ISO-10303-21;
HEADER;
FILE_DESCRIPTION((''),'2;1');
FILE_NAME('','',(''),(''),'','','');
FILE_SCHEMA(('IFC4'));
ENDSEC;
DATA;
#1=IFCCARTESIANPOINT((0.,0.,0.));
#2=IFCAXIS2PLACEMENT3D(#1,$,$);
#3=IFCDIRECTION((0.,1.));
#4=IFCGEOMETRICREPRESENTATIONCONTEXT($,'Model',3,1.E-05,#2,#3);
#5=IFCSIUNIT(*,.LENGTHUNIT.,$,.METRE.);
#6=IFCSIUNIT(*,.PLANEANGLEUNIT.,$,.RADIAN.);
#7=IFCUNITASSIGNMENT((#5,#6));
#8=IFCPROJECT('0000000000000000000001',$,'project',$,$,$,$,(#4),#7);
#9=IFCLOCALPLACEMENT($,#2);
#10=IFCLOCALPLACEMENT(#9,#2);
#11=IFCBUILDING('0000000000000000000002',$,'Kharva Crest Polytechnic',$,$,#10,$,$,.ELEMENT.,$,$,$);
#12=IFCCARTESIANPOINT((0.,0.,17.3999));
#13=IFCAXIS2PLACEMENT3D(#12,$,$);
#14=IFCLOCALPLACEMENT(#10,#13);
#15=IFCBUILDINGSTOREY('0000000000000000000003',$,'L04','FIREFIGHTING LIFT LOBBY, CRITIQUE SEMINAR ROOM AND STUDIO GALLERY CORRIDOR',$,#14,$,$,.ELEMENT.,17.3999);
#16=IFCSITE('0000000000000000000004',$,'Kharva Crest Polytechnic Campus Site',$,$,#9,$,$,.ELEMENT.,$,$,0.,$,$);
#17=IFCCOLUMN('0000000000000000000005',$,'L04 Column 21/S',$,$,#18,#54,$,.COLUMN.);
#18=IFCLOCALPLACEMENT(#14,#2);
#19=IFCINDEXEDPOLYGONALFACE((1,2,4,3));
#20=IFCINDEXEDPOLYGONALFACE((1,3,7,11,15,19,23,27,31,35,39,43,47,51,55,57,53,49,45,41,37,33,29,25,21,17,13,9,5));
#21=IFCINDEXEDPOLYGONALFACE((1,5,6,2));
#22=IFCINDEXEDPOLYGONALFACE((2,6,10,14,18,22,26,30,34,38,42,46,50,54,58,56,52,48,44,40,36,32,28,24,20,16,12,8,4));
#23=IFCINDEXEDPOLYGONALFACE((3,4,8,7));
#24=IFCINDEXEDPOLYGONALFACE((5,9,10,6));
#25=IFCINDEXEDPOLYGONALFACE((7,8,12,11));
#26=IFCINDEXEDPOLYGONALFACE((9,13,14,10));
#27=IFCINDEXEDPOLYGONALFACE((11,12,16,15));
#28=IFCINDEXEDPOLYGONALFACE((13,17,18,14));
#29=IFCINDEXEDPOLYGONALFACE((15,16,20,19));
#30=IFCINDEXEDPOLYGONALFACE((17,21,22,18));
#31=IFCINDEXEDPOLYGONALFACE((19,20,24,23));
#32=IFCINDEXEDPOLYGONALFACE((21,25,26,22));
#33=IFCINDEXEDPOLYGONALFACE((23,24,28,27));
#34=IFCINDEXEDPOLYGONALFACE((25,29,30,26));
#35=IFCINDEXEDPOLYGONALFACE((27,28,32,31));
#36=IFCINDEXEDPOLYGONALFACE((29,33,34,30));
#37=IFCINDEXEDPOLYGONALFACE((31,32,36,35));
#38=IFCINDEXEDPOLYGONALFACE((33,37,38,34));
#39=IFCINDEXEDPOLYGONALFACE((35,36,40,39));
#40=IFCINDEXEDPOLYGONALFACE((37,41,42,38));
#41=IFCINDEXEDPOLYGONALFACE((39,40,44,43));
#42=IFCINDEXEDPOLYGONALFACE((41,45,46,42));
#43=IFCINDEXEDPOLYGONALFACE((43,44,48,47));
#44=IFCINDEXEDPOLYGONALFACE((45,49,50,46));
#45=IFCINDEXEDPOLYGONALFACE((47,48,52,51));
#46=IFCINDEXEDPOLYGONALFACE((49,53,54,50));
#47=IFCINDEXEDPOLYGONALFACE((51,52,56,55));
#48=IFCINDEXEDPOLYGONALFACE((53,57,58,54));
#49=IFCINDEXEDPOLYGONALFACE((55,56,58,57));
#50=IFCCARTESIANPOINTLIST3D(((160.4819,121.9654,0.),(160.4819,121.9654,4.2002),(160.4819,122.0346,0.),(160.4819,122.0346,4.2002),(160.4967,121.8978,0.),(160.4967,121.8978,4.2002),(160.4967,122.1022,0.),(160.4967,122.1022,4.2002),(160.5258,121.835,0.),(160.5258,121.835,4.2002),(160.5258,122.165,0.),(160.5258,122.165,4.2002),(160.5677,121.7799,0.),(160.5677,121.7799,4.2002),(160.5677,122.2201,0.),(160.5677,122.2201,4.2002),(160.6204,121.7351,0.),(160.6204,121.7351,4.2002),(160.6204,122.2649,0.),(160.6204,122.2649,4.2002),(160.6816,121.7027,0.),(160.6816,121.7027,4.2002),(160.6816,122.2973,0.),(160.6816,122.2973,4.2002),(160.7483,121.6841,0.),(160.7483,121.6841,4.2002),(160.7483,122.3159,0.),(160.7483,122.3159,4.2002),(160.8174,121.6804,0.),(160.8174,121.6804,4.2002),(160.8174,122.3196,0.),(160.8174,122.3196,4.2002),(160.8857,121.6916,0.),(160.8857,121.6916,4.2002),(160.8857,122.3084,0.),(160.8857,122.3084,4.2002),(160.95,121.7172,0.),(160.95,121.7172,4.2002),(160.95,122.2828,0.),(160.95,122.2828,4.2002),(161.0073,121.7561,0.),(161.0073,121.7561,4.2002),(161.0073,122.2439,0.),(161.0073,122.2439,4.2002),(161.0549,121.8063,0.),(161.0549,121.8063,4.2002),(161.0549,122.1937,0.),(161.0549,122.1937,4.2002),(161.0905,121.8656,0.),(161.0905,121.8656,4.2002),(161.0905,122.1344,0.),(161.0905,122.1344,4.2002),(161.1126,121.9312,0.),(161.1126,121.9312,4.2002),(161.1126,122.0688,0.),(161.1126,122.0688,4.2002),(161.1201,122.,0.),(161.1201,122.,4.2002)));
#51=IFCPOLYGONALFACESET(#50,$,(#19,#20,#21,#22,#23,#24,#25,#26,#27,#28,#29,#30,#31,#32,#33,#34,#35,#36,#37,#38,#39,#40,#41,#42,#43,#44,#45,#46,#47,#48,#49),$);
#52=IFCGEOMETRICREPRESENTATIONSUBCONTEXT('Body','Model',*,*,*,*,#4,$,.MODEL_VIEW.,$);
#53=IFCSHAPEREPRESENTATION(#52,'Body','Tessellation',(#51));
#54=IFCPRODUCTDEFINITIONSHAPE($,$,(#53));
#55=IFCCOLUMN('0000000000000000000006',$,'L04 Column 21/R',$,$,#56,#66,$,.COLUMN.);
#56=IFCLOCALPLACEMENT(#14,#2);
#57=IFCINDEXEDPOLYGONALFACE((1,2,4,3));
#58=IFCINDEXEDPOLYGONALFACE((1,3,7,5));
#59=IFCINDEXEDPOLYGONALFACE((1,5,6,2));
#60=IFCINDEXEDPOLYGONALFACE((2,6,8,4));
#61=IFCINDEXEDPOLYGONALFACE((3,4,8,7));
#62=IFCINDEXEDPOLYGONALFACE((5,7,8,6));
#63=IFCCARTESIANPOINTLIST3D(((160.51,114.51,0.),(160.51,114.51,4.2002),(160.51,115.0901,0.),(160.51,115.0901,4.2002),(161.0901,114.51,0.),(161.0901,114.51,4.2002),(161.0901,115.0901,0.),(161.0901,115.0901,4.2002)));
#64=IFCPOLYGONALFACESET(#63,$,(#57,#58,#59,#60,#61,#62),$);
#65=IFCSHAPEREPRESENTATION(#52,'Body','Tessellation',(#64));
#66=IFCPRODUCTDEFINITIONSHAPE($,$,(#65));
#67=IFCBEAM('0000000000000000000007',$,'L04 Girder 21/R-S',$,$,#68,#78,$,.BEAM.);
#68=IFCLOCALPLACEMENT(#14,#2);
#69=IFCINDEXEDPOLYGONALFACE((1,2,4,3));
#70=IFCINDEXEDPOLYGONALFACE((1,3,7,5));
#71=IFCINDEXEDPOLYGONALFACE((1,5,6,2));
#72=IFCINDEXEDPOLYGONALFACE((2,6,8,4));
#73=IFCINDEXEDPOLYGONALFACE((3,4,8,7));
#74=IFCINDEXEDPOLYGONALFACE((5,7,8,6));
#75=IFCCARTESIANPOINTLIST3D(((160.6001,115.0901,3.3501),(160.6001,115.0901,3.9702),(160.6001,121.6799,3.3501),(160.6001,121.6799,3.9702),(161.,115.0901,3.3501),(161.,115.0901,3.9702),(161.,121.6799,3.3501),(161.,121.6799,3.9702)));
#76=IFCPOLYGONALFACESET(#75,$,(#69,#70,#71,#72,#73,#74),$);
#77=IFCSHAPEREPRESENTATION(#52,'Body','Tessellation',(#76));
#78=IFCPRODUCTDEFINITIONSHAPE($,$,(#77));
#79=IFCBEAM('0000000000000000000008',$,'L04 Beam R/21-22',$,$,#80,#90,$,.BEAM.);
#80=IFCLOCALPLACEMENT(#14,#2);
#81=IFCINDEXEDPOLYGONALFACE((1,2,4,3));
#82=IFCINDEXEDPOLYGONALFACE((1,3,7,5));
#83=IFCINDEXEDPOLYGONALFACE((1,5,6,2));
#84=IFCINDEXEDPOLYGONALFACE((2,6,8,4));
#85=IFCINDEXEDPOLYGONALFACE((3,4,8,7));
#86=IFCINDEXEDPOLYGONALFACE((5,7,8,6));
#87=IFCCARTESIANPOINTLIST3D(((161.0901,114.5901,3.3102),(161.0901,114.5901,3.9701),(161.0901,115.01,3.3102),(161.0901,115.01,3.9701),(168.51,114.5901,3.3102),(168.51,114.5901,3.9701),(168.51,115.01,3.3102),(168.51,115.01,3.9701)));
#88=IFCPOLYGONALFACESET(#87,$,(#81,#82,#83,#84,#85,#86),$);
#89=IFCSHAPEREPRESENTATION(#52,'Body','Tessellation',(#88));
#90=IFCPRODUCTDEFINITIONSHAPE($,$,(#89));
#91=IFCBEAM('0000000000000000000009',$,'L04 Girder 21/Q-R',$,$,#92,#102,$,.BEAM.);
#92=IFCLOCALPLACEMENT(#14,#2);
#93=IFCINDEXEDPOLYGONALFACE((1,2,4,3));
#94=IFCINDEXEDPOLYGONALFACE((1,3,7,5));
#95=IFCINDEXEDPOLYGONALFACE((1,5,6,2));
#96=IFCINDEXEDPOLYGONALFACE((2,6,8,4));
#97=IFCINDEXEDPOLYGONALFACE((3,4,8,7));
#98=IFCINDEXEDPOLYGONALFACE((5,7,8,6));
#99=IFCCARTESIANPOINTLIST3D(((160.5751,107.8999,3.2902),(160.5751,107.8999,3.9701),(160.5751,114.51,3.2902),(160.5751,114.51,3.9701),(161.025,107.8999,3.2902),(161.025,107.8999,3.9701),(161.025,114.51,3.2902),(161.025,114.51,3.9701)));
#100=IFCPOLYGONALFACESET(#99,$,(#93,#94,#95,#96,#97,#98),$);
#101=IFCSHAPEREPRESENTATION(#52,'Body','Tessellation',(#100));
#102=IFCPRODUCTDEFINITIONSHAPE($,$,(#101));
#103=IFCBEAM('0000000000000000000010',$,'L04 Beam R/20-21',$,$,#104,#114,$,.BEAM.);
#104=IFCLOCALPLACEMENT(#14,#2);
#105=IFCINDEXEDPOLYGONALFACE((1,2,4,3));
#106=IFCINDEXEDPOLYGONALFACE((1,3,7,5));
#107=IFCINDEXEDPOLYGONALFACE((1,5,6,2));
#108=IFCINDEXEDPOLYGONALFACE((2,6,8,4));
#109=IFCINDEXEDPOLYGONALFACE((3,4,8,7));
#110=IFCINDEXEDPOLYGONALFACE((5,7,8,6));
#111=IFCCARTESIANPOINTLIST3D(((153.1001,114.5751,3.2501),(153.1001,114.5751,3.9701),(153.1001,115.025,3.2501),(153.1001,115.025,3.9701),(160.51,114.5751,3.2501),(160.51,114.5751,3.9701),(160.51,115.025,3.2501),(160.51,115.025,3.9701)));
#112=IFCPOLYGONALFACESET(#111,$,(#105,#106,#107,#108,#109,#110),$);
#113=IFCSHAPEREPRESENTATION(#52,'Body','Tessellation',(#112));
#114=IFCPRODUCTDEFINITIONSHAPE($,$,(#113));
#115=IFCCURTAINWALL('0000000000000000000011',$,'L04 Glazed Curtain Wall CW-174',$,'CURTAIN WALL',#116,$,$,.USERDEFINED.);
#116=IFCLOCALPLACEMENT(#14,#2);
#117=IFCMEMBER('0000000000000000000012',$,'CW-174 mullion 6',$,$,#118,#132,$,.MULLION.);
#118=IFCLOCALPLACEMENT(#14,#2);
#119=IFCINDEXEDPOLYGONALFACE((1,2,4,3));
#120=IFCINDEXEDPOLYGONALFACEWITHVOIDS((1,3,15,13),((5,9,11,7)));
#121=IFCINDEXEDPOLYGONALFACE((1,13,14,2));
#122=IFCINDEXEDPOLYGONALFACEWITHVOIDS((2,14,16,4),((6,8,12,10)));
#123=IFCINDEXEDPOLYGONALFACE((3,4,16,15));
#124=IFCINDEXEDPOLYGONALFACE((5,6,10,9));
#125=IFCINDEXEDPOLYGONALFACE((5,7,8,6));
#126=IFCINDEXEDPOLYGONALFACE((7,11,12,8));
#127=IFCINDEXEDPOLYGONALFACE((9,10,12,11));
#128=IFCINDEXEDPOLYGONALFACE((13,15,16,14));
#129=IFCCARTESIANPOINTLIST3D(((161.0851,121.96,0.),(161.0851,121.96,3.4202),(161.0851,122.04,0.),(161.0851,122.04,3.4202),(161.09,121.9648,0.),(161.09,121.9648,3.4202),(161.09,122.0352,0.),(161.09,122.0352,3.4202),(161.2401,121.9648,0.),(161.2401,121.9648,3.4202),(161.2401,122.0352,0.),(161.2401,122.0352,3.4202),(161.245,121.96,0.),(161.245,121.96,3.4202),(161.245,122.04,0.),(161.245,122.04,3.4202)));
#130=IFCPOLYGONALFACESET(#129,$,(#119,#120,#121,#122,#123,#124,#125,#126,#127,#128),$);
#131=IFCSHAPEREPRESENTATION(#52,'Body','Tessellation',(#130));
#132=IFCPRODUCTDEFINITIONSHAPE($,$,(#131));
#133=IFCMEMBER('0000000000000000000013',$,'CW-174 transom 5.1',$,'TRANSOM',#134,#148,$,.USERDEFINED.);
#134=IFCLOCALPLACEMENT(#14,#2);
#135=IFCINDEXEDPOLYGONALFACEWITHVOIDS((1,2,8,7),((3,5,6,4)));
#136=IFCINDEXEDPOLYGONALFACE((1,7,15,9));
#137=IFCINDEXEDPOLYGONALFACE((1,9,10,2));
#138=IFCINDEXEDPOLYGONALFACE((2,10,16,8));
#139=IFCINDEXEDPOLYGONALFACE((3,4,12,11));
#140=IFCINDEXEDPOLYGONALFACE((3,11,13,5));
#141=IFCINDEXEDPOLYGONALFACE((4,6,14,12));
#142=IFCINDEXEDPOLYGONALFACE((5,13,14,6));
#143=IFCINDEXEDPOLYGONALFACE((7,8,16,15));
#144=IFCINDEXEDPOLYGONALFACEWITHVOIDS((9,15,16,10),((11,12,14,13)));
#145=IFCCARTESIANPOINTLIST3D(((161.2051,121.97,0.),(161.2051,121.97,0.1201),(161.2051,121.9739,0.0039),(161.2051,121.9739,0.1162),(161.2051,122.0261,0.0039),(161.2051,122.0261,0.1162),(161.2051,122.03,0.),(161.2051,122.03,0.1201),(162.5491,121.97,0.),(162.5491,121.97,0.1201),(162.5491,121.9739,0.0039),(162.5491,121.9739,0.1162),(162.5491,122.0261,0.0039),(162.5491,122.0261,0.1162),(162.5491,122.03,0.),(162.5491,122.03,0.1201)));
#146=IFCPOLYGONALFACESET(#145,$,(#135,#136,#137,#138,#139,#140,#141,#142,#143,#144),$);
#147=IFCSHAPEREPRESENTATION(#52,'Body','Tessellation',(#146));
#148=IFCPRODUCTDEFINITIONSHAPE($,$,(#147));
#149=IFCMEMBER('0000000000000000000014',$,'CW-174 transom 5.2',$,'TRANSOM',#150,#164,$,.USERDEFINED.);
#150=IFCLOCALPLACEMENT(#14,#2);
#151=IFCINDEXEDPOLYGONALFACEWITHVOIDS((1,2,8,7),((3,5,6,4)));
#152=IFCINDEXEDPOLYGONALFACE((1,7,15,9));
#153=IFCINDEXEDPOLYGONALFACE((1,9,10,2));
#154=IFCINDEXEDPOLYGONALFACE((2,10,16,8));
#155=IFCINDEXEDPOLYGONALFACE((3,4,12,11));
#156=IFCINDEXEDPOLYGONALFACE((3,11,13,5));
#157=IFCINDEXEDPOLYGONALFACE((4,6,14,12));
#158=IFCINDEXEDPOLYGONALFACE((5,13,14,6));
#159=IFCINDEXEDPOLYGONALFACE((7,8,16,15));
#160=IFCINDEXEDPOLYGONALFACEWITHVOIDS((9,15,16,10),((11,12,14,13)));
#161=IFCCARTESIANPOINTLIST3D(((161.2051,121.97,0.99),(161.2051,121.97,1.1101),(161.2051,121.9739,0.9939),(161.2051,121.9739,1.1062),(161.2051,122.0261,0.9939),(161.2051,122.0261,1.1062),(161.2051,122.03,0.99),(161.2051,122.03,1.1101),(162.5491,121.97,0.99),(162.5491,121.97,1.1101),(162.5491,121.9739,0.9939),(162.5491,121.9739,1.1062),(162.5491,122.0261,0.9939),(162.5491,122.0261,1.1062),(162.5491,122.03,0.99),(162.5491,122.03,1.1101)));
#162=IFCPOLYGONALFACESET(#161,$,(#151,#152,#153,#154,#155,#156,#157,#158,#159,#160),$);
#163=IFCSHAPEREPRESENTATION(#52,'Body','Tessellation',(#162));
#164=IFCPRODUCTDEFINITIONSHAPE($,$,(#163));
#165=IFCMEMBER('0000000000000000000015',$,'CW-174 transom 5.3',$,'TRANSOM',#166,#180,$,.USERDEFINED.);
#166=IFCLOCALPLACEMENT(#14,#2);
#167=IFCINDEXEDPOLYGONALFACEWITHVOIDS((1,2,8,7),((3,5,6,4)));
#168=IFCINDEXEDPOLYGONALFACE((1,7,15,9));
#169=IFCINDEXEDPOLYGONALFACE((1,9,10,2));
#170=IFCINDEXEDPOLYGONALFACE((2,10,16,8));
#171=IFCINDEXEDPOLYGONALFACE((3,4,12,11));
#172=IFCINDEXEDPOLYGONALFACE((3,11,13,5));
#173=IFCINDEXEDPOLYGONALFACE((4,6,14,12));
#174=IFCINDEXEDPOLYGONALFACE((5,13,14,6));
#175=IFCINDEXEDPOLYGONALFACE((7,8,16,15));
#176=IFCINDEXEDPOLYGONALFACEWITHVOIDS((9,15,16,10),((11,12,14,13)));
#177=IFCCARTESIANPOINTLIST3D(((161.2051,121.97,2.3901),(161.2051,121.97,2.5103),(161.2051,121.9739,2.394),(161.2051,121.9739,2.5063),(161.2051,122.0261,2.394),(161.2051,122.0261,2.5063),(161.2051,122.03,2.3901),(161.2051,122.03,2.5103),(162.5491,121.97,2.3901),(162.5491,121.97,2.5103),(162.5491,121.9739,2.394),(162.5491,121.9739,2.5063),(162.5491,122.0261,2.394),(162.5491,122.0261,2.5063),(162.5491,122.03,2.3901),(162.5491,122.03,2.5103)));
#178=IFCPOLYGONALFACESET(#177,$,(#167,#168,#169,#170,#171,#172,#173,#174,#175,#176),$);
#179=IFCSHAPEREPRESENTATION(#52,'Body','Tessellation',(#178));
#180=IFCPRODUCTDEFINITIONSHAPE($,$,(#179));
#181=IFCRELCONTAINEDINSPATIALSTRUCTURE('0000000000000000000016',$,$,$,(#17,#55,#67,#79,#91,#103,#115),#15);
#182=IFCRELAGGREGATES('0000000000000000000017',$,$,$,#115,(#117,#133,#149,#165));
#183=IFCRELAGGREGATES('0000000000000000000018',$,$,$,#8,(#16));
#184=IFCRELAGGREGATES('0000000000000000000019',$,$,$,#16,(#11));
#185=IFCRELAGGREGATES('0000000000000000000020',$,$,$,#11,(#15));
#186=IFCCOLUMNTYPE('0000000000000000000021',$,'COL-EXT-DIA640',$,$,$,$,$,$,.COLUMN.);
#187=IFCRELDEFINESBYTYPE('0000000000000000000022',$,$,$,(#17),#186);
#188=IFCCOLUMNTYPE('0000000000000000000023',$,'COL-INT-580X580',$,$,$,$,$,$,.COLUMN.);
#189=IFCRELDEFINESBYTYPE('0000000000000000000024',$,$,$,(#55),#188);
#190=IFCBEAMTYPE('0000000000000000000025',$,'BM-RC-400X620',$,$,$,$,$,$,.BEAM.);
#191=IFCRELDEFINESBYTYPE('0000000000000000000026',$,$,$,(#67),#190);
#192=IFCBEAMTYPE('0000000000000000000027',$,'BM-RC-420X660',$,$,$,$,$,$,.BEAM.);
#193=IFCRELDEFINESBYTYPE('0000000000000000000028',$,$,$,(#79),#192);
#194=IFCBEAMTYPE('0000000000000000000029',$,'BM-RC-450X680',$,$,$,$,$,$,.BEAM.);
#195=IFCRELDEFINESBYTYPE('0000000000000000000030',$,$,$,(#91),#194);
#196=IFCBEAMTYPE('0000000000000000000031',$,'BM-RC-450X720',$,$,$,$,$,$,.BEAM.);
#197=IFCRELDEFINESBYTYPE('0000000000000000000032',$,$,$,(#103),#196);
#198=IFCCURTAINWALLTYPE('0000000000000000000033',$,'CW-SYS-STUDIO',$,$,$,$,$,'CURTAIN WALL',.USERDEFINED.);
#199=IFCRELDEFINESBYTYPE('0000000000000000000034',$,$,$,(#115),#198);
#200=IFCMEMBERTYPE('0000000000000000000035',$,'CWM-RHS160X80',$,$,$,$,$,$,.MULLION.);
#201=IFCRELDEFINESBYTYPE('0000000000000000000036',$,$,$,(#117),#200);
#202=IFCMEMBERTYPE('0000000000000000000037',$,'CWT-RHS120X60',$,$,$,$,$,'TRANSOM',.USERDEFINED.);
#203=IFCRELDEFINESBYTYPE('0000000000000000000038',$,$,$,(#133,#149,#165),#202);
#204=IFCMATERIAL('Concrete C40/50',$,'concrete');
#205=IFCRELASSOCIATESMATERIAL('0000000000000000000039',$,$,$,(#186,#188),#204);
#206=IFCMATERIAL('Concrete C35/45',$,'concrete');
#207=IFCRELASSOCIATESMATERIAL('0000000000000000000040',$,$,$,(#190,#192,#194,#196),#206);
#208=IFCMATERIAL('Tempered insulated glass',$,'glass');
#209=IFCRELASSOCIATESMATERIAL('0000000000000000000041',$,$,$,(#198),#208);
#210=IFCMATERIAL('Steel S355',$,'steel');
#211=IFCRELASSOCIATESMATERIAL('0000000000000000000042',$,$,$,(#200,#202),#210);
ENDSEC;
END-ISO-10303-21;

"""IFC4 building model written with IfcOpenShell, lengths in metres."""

from ifc_helpers import new_model, si_unit, direction, frame, origin, origin_2d, place, context, subcontext, project, spatial, rectangle, hollow_rectangle, circle, extrude, material, material_profile, profile_set, type_object, element, aggregate, save


model = new_model("IFC4")

# Units and contexts
model_context = context("Model", 3, precision=1e-05, world=origin(), true_north=direction((0.0, 1.0)))
body_context = subcontext(model_context, "Body", "Model", "MODEL_VIEW")
ifc_project = project(units=[si_unit("LENGTHUNIT", "METRE"), si_unit("PLANEANGLEUNIT", "RADIAN")], contexts=[model_context])

# Site, building, storey
site_placement = place(None, origin())
site = spatial("IfcSite", under=ifc_project, at=site_placement, Name="Kharva Crest Polytechnic Campus Site", CompositionType="ELEMENT", RefElevation=0.0)
building_placement = place(site_placement, origin())
building = spatial("IfcBuilding", under=site, at=building_placement, Name="Kharva Crest Polytechnic", CompositionType="ELEMENT")
storey_placement = place(building_placement, frame((0.0, 0.0, 17.3999)))
storey = spatial("IfcBuildingStorey", under=building, at=storey_placement, Name="L04", Description="FIREFIGHTING LIFT LOBBY, CRITIQUE SEMINAR ROOM AND STUDIO GALLERY CORRIDOR", CompositionType="ELEMENT", Elevation=17.3999)

# Columns
ifc_material_1 = material(Name="Concrete C40/50", Category="concrete")
ifc_material_profile_1 = material_profile(ifc_material_1, circle(Radius=0.3201, at=origin_2d()), Name="DIA 640")
ifc_profile_set_1 = profile_set([ifc_material_profile_1], Name="Concrete C40/50")
column_type_1 = type_object("IfcColumnType", Name="COL-EXT-DIA640", PredefinedType="COLUMN", material=ifc_profile_set_1)
column_1_placement = place(storey_placement, frame((160.8, 122.0, 0.0), z_axis=(0.0, 0.0, 1.0), x_axis=(1.0, 0.0, 0.0)))
element("IfcColumn", 1, at=column_1_placement, inside=storey, type_object=column_type_1, Name="L04 Column 21/S", PredefinedType="COLUMN", context=body_context, shape_type="SweptSolid", body=[
    extrude(circle(Radius=0.3201, at=origin_2d()), origin(), (0.0, 0.0, 1.0), 4.2002),
])
ifc_material_profile_2 = material_profile(ifc_material_1, rectangle(XDim=0.5801, YDim=0.5801, at=origin_2d()), Name="RECT 580 X 580")
ifc_profile_set_2 = profile_set([ifc_material_profile_2], Name="Concrete C40/50")
column_type_2 = type_object("IfcColumnType", Name="COL-INT-580X580", PredefinedType="COLUMN", material=ifc_profile_set_2)
column_2_placement = place(storey_placement, frame((160.8, 114.8, 0.0), z_axis=(0.0, 0.0, 1.0), x_axis=(1.0, 0.0, 0.0)))
element("IfcColumn", 2, at=column_2_placement, inside=storey, type_object=column_type_2, Name="L04 Column 21/R", PredefinedType="COLUMN", context=body_context, shape_type="SweptSolid", body=[
    extrude(rectangle(XDim=0.5801, YDim=0.5801, at=origin_2d()), origin(), (0.0, 0.0, 1.0), 4.2002),
])

# Beams
ifc_material_2 = material(Name="Concrete C35/45", Category="concrete")
ifc_material_profile_3 = material_profile(ifc_material_2, rectangle(XDim=0.3999, YDim=0.6201, at=origin_2d()), Name="RECT 400 X 620")
ifc_profile_set_3 = profile_set([ifc_material_profile_3], Name="Concrete C35/45")
beam_type_1 = type_object("IfcBeamType", Name="BM-RC-400X620", PredefinedType="BEAM", material=ifc_profile_set_3)
beam_1_placement = place(storey_placement, frame((160.8, 115.0901, 3.6602), z_axis=(0.0, 1.0, 0.0), x_axis=(-1.0, 0.0, 0.0)))
element("IfcBeam", 3, at=beam_1_placement, inside=storey, type_object=beam_type_1, Name="L04 Girder 21/R-S", PredefinedType="BEAM", context=body_context, shape_type="SweptSolid", body=[
    extrude(rectangle(XDim=0.3999, YDim=0.6201, at=origin_2d()), origin(), (0.0, 0.0, 1.0), 6.5898),
])
ifc_material_profile_4 = material_profile(ifc_material_2, rectangle(XDim=0.4199, YDim=0.6599, at=origin_2d()), Name="RECT 420 X 660")
ifc_profile_set_4 = profile_set([ifc_material_profile_4], Name="Concrete C35/45")
beam_type_2 = type_object("IfcBeamType", Name="BM-RC-420X660", PredefinedType="BEAM", material=ifc_profile_set_4)
beam_2_placement = place(storey_placement, frame((161.0901, 114.8, 3.6401), z_axis=(1.0, 0.0, 0.0), x_axis=(0.0, 1.0, 0.0)))
element("IfcBeam", 4, at=beam_2_placement, inside=storey, type_object=beam_type_2, Name="L04 Beam R/21-22", PredefinedType="BEAM", context=body_context, shape_type="SweptSolid", body=[
    extrude(rectangle(XDim=0.4199, YDim=0.6599, at=origin_2d()), origin(), (0.0, 0.0, 1.0), 7.4199),
])
ifc_material_profile_5 = material_profile(ifc_material_2, rectangle(XDim=0.45, YDim=0.6799, at=origin_2d()), Name="RECT 450 X 680")
ifc_profile_set_5 = profile_set([ifc_material_profile_5], Name="Concrete C35/45")
beam_type_3 = type_object("IfcBeamType", Name="BM-RC-450X680", PredefinedType="BEAM", material=ifc_profile_set_5)
beam_3_placement = place(storey_placement, frame((160.8, 107.8999, 3.6301), z_axis=(0.0, 1.0, 0.0), x_axis=(-1.0, 0.0, 0.0)))
element("IfcBeam", 5, at=beam_3_placement, inside=storey, type_object=beam_type_3, Name="L04 Girder 21/Q-R", PredefinedType="BEAM", context=body_context, shape_type="SweptSolid", body=[
    extrude(rectangle(XDim=0.45, YDim=0.6799, at=origin_2d()), origin(), (0.0, 0.0, 1.0), 6.6101),
])
ifc_material_profile_6 = material_profile(ifc_material_2, rectangle(XDim=0.45, YDim=0.72, at=origin_2d()), Name="RECT 450 X 720")
ifc_profile_set_6 = profile_set([ifc_material_profile_6], Name="Concrete C35/45")
beam_type_4 = type_object("IfcBeamType", Name="BM-RC-450X720", PredefinedType="BEAM", material=ifc_profile_set_6)
beam_4_placement = place(storey_placement, frame((153.1001, 114.8, 3.6101), z_axis=(1.0, 0.0, 0.0), x_axis=(0.0, 1.0, 0.0)))
element("IfcBeam", 6, at=beam_4_placement, inside=storey, type_object=beam_type_4, Name="L04 Beam R/20-21", PredefinedType="BEAM", context=body_context, shape_type="SweptSolid", body=[
    extrude(rectangle(XDim=0.45, YDim=0.72, at=origin_2d()), origin(), (0.0, 0.0, 1.0), 7.4099),
])

# Curtain wall, members
ifc_material_3 = material(Name="Tempered insulated glass", Category="glass")
curtain_wall_type = type_object("IfcCurtainWallType", Name="CW-SYS-STUDIO", ElementType="CURTAIN WALL", PredefinedType="USERDEFINED", material=ifc_material_3)
curtain_wall_placement = place(storey_placement, origin())
curtain_wall = element("IfcCurtainWall", 7, at=curtain_wall_placement, inside=storey, type_object=curtain_wall_type, Name="L04 Glazed Curtain Wall CW-174", ObjectType="CURTAIN WALL", PredefinedType="USERDEFINED")
ifc_material_4 = material(Name="Steel S355", Category="steel")
ifc_material_profile_7 = material_profile(ifc_material_4, hollow_rectangle(XDim=0.0801, YDim=0.1599, WallThickness=0.0049, at=origin_2d()), Name="RHS 160X80X5.0")
ifc_profile_set_7 = profile_set([ifc_material_profile_7], Name="Steel S355")
member_type_1 = type_object("IfcMemberType", Name="CWM-RHS160X80", PredefinedType="MULLION", material=ifc_profile_set_7)
member_1_placement = place(storey_placement, frame((161.165, 122.0, 0.0), z_axis=(0.0, 0.0, 1.0), x_axis=(0.0, -1.0, 0.0)))
member_1 = element("IfcMember", 8, at=member_1_placement, type_object=member_type_1, Name="CW-174 mullion 6", PredefinedType="MULLION", context=body_context, shape_type="SweptSolid", body=[
    extrude(hollow_rectangle(XDim=0.0801, YDim=0.1599, WallThickness=0.0049, at=origin_2d()), origin(), (0.0, 0.0, 1.0), 3.4202),
])
ifc_material_profile_8 = material_profile(ifc_material_4, hollow_rectangle(XDim=0.0601, YDim=0.1201, WallThickness=0.0039, at=origin_2d()), Name="RHS 120X60X4.0")
ifc_profile_set_8 = profile_set([ifc_material_profile_8], Name="Steel S355")
member_type_2 = type_object("IfcMemberType", Name="CWT-RHS120X60", ElementType="TRANSOM", PredefinedType="USERDEFINED", material=ifc_profile_set_8)
member_2_placement = place(storey_placement, frame((162.5491, 122.0, 0.0601), z_axis=(-1.0, 0.0, 0.0), x_axis=(0.0, -1.0, 0.0)))
member_2 = element("IfcMember", 9, at=member_2_placement, type_object=member_type_2, Name="CW-174 transom 5.1", ObjectType="TRANSOM", PredefinedType="USERDEFINED", context=body_context, shape_type="SweptSolid", body=[
    extrude(hollow_rectangle(XDim=0.0601, YDim=0.1201, WallThickness=0.0039, at=origin_2d()), origin(), (0.0, 0.0, 1.0), 1.344),
])
member_3_placement = place(storey_placement, frame((162.5491, 122.0, 1.05), z_axis=(-1.0, 0.0, 0.0), x_axis=(0.0, -1.0, 0.0)))
member_3 = element("IfcMember", 10, at=member_3_placement, type_object=member_type_2, Name="CW-174 transom 5.2", ObjectType="TRANSOM", PredefinedType="USERDEFINED", context=body_context, shape_type="SweptSolid", body=[
    extrude(hollow_rectangle(XDim=0.0601, YDim=0.1201, WallThickness=0.0039, at=origin_2d()), origin(), (0.0, 0.0, 1.0), 1.344),
])
member_4_placement = place(storey_placement, frame((162.5491, 122.0, 2.4502), z_axis=(-1.0, 0.0, 0.0), x_axis=(0.0, -1.0, 0.0)))
member_4 = element("IfcMember", 11, at=member_4_placement, type_object=member_type_2, Name="CW-174 transom 5.3", ObjectType="TRANSOM", PredefinedType="USERDEFINED", context=body_context, shape_type="SweptSolid", body=[
    extrude(hollow_rectangle(XDim=0.0601, YDim=0.1201, WallThickness=0.0039, at=origin_2d()), origin(), (0.0, 0.0, 1.0), 1.344),
])

aggregate(curtain_wall, [member_1, member_2, member_3, member_4])

save(model, "model.ifc")
